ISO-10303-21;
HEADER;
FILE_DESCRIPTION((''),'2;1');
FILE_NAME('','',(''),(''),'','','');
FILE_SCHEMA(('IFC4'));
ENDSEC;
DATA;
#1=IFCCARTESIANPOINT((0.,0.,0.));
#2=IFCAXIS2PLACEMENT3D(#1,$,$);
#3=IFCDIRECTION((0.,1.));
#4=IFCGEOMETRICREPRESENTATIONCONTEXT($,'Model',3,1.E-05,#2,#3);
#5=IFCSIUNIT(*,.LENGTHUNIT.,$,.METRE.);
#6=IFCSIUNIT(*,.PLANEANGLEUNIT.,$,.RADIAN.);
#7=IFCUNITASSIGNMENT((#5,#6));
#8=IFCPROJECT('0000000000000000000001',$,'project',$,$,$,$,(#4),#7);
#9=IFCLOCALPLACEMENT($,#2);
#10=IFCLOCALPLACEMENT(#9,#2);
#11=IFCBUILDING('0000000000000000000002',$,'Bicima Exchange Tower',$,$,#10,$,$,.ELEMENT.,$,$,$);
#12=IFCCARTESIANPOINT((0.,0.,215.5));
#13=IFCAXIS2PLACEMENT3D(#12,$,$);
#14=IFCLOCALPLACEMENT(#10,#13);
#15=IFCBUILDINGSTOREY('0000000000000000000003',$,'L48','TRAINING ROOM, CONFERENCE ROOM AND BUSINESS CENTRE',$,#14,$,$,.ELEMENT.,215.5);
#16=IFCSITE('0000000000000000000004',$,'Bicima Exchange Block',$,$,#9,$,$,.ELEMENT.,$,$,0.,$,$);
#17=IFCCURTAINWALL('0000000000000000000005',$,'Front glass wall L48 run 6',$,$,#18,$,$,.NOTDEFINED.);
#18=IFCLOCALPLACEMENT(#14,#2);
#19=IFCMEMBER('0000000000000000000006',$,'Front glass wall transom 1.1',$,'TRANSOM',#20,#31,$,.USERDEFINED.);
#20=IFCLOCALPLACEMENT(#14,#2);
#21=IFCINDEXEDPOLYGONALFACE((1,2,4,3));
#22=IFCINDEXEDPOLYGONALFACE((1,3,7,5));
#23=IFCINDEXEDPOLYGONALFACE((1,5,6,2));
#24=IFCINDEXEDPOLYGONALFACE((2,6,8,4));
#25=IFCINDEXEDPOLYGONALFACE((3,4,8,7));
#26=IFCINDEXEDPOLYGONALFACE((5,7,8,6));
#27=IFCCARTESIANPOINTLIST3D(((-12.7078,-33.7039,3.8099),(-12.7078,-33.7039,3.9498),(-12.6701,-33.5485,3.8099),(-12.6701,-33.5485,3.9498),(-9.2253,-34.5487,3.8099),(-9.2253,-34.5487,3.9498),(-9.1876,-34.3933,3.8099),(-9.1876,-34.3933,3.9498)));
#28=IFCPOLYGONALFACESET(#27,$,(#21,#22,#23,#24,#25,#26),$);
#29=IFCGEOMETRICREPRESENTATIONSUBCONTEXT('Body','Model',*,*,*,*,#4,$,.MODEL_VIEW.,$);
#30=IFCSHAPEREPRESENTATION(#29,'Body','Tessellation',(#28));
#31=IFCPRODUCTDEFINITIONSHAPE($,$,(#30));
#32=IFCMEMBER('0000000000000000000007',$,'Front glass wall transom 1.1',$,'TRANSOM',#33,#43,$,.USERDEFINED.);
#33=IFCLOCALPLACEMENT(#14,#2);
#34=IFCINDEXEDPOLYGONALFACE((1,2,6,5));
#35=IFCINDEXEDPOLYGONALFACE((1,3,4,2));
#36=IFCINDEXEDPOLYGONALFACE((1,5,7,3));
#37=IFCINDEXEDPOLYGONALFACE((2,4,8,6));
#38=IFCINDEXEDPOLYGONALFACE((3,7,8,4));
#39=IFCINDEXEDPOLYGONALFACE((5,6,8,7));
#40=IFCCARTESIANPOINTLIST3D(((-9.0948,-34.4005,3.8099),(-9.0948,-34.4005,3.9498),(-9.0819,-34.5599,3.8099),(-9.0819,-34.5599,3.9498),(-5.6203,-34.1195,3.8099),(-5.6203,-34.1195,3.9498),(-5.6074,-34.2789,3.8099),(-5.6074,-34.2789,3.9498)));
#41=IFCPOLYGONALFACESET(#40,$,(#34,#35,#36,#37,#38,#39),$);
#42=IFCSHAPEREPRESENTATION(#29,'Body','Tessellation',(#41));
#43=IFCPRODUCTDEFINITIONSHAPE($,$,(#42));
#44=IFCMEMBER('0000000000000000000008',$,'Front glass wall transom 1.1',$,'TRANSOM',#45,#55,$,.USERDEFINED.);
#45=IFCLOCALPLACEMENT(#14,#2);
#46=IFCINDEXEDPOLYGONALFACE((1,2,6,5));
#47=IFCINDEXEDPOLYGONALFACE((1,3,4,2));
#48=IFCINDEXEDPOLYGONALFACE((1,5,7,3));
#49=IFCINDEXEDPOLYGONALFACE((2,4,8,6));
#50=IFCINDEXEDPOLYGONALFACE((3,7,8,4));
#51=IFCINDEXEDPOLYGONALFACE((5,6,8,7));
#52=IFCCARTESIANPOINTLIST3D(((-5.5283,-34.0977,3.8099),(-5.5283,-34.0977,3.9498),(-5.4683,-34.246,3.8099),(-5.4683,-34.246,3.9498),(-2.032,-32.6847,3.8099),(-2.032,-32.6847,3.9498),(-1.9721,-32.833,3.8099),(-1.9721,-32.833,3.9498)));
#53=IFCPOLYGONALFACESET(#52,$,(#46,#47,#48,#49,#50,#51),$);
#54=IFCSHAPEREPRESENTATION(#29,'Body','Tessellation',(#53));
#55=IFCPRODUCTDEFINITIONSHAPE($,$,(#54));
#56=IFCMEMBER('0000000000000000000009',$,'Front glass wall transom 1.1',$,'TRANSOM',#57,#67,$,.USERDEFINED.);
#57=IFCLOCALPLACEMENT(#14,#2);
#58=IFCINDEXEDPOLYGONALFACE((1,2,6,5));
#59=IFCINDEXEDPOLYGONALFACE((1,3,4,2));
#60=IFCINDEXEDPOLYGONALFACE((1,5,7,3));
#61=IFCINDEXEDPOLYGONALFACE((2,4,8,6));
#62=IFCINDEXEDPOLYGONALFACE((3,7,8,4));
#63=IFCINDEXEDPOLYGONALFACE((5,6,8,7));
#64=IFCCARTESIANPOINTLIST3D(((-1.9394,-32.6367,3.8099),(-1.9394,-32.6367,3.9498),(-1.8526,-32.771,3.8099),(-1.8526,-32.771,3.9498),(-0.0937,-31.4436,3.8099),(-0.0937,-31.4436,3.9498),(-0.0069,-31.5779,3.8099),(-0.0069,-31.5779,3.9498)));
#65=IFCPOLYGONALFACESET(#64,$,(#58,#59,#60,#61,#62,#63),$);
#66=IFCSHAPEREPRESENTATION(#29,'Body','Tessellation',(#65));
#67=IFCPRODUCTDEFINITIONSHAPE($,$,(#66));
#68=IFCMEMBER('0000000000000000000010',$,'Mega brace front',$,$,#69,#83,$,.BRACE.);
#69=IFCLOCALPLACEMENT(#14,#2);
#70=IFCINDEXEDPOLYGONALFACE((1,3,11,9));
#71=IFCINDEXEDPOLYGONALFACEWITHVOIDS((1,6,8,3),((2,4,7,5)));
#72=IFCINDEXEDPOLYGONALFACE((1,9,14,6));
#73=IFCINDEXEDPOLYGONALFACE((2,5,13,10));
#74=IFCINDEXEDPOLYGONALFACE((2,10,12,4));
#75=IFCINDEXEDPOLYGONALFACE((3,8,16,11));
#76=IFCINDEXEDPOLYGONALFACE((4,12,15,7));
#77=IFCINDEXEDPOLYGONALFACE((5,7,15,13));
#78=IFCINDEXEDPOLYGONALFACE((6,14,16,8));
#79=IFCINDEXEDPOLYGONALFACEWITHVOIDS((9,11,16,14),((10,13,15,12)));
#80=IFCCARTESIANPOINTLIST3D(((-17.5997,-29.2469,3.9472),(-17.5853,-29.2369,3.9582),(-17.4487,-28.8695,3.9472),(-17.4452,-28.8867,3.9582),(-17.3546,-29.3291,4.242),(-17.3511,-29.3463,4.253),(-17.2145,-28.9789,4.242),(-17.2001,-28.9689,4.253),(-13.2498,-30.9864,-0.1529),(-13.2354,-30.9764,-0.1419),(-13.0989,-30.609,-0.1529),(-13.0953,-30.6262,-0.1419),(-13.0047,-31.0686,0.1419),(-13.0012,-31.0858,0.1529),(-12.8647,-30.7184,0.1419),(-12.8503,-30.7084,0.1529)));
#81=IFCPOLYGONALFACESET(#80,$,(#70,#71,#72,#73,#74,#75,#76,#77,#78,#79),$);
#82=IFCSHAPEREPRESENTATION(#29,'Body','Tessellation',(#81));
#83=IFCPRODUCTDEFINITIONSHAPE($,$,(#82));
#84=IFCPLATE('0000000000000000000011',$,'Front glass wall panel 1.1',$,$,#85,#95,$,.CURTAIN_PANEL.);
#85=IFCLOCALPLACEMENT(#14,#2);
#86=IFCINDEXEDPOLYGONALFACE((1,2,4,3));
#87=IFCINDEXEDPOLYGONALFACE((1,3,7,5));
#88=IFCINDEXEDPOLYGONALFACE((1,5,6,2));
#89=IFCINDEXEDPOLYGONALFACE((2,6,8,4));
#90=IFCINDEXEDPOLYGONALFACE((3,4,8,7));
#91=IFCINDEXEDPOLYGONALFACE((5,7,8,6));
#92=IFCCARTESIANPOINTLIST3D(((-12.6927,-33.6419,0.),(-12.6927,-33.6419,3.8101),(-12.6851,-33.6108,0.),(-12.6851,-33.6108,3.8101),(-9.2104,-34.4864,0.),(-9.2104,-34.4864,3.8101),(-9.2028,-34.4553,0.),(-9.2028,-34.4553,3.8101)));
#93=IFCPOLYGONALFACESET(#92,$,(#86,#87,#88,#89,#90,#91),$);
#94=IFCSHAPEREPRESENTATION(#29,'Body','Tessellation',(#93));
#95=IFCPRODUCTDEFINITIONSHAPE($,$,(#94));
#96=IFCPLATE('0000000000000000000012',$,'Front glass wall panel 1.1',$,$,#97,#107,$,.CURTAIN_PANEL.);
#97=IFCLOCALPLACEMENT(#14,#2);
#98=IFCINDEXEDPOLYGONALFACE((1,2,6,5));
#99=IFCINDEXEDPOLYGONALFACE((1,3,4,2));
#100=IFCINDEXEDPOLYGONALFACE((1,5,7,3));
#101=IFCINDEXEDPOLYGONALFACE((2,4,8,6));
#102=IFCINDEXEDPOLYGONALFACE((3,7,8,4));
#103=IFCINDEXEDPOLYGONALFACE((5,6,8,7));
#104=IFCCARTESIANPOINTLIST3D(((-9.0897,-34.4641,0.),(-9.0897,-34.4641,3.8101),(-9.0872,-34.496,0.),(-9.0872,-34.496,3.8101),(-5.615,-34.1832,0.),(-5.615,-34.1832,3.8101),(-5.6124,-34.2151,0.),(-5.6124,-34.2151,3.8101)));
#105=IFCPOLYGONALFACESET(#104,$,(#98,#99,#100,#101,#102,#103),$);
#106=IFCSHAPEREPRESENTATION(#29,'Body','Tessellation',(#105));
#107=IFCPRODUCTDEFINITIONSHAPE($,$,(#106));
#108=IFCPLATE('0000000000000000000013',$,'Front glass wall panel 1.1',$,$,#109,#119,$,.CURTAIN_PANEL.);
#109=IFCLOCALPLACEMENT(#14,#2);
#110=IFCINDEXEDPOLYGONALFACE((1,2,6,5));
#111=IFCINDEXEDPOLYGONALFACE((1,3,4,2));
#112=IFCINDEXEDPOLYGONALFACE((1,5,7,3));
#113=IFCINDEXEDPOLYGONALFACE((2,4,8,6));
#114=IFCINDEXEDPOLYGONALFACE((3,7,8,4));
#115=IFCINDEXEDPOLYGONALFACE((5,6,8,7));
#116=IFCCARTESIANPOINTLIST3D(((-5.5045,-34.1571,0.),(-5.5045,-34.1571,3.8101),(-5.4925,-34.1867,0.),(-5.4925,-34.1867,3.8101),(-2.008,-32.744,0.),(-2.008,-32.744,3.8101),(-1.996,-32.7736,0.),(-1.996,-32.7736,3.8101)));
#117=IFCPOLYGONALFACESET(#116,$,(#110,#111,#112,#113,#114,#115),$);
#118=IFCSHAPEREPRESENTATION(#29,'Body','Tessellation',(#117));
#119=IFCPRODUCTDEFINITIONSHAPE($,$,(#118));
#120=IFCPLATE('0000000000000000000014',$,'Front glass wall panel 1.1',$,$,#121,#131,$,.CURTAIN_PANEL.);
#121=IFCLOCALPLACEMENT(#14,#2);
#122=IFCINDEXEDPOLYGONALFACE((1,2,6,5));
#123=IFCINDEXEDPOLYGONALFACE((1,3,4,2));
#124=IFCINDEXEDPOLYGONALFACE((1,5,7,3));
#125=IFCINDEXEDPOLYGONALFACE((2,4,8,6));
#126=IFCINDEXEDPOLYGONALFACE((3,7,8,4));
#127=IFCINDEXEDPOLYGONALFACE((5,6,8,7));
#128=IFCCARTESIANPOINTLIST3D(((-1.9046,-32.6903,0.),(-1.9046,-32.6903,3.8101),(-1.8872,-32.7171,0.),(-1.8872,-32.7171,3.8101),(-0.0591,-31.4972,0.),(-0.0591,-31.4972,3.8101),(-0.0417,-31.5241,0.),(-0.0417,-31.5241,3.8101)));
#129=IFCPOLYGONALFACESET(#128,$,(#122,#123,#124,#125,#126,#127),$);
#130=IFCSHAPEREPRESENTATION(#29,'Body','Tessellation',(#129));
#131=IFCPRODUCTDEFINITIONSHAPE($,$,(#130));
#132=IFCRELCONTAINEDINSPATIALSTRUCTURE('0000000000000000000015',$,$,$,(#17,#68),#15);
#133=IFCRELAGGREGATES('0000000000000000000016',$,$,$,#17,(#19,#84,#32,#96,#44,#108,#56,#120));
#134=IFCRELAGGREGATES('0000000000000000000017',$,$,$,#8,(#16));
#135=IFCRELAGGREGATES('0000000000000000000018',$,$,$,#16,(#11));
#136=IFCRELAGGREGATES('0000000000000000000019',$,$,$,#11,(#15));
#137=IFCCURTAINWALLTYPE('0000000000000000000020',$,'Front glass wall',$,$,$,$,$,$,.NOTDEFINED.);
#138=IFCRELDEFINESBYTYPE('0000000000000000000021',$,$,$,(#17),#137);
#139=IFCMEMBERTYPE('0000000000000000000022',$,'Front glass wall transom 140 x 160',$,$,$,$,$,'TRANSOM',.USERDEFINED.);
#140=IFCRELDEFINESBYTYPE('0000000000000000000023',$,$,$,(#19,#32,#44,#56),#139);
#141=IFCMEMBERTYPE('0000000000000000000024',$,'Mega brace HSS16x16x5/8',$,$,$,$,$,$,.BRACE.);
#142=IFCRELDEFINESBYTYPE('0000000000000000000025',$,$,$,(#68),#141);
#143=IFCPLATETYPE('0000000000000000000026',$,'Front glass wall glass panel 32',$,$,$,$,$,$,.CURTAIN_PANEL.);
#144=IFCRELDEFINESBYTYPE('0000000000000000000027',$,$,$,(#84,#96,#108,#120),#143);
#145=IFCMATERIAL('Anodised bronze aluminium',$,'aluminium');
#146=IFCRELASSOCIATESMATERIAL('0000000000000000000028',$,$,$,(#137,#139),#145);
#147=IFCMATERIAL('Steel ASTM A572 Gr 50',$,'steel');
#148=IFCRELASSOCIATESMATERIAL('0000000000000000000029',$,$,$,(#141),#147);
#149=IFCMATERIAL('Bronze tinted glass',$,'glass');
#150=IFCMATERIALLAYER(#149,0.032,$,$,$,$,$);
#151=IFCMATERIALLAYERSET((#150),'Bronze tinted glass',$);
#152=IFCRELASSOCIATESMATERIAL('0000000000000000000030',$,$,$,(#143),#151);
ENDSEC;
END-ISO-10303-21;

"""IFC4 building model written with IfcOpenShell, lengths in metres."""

from ifc_helpers import new_model, si_unit, direction, frame, origin, origin_2d, place, context, subcontext, project, spatial, rectangle, hollow_rectangle, extrude, material, layer, layer_set, material_profile, profile_set, type_object, element, aggregate, save


model = new_model("IFC4")

# Units and contexts
model_context = context("Model", 3, precision=1e-05, world=origin(), true_north=direction((0.0, 1.0)))
body_context = subcontext(model_context, "Body", "Model", "MODEL_VIEW")
ifc_project = project(units=[si_unit("LENGTHUNIT", "METRE"), si_unit("PLANEANGLEUNIT", "RADIAN")], contexts=[model_context])

# Site, building, storey
site_placement = place(None, origin())
site = spatial("IfcSite", under=ifc_project, at=site_placement, Name="Bicima Exchange Block", CompositionType="ELEMENT", RefElevation=0.0)
building_placement = place(site_placement, origin())
building = spatial("IfcBuilding", under=site, at=building_placement, Name="Bicima Exchange Tower", CompositionType="ELEMENT")
storey_placement = place(building_placement, frame((0.0, 0.0, 215.5)))
storey = spatial("IfcBuildingStorey", under=building, at=storey_placement, Name="L48", Description="TRAINING ROOM, CONFERENCE ROOM AND BUSINESS CENTRE", CompositionType="ELEMENT", Elevation=215.5)

# Curtain wall, members
ifc_material_1 = material(Name="Anodised bronze aluminium", Category="aluminium")
curtain_wall_type = type_object("IfcCurtainWallType", Name="Front glass wall", PredefinedType="NOTDEFINED", material=ifc_material_1)
curtain_wall_placement = place(storey_placement, origin())
curtain_wall = element("IfcCurtainWall", 1, at=curtain_wall_placement, inside=storey, type_object=curtain_wall_type, Name="Front glass wall L48 run 6", PredefinedType="NOTDEFINED")
ifc_material_profile_1 = material_profile(ifc_material_1, rectangle(XDim=0.1599, YDim=0.1399, at=origin_2d()))
ifc_profile_set_1 = profile_set([ifc_material_profile_1], Name="Anodised bronze aluminium")
member_type_1 = type_object("IfcMemberType", Name="Front glass wall transom 140 x 160", ElementType="TRANSOM", PredefinedType="USERDEFINED", material=ifc_profile_set_1)
member_1_placement = place(storey_placement, frame((-12.689, -33.6262, 3.8799), z_axis=(0.971818, -0.235733, 0.0), x_axis=(0.235733, 0.971818, 0.0)))
member_1 = element("IfcMember", 2, at=member_1_placement, type_object=member_type_1, Name="Front glass wall transom 1.1", ObjectType="TRANSOM", PredefinedType="USERDEFINED", context=body_context, shape_type="SweptSolid", body=[
    extrude(rectangle(XDim=0.1599, YDim=0.1399, at=origin_2d()), origin(), (0.0, 0.0, 1.0), 3.5835),
])
member_2_placement = place(storey_placement, frame((-9.0884, -34.4802, 3.8799), z_axis=(0.996746, 0.080611, 0.0), x_axis=(-0.080611, 0.996746, 0.0)))
member_2 = element("IfcMember", 3, at=member_2_placement, type_object=member_type_1, Name="Front glass wall transom 1.1", ObjectType="TRANSOM", PredefinedType="USERDEFINED", context=body_context, shape_type="SweptSolid", body=[
    extrude(rectangle(XDim=0.1599, YDim=0.1399, at=origin_2d()), origin(), (0.0, 0.0, 1.0), 3.4858),
])
member_3_placement = place(storey_placement, frame((-5.4983, -34.1719, 3.8799), z_axis=(0.92714, 0.374715, 0.0), x_axis=(-0.374715, 0.92714, 0.0)))
member_3 = element("IfcMember", 4, at=member_3_placement, type_object=member_type_1, Name="Front glass wall transom 1.1", ObjectType="TRANSOM", PredefinedType="USERDEFINED", context=body_context, shape_type="SweptSolid", body=[
    extrude(rectangle(XDim=0.1599, YDim=0.1399, at=origin_2d()), origin(), (0.0, 0.0, 1.0), 3.771),
])
member_4_placement = place(storey_placement, frame((-1.896, -32.7039, 3.8799), z_axis=(0.839811, 0.542878, 0.0), x_axis=(-0.542878, 0.839811, 0.0)))
member_4 = element("IfcMember", 5, at=member_4_placement, type_object=member_type_1, Name="Front glass wall transom 1.1", ObjectType="TRANSOM", PredefinedType="USERDEFINED", context=body_context, shape_type="SweptSolid", body=[
    extrude(rectangle(XDim=0.1599, YDim=0.1399, at=origin_2d()), origin(), (0.0, 0.0, 1.0), 2.1978),
])

# Member
ifc_material_2 = material(Name="Steel ASTM A572 Gr 50", Category="steel")
ifc_material_profile_2 = material_profile(ifc_material_2, hollow_rectangle(XDim=0.4065, YDim=0.4065, WallThickness=0.0146, at=origin_2d()))
ifc_profile_set_2 = profile_set([ifc_material_profile_2], Name="Steel ASTM A572 Gr 50")
member_type_2 = type_object("IfcMemberType", Name="Mega brace HSS16x16x5/8", PredefinedType="BRACE", material=ifc_profile_set_2)
member_5_placement = place(storey_placement, frame((-13.05, -30.8474, 0.0), z_axis=(-0.698706, 0.279412, 0.658588), x_axis=(-0.37131, -0.928509, 0.0)))
element("IfcMember", 6, at=member_5_placement, inside=storey, type_object=member_type_2, Name="Mega brace front", PredefinedType="BRACE", context=body_context, shape_type="SweptSolid", body=[
    extrude(hollow_rectangle(XDim=0.4065, YDim=0.4065, WallThickness=0.0146, at=origin_2d()), origin(), (0.0, 0.0, 1.0), 6.2256),
])

# Plates
ifc_material_3 = material(Name="Bronze tinted glass", Category="glass")
ifc_layer = layer(ifc_material_3, 0.032)
ifc_layer_set = layer_set([ifc_layer], Name="Bronze tinted glass")
plate_type = type_object("IfcPlateType", Name="Front glass wall glass panel 32", PredefinedType="CURTAIN_PANEL", material=ifc_layer_set)
plate_1_placement = place(storey_placement, frame((-10.9478, -34.0486, 0.0), z_axis=(0.0, 0.0, 1.0), x_axis=(0.97183, -0.235682, 0.0)))
plate_1 = element("IfcPlate", 7, at=plate_1_placement, type_object=plate_type, Name="Front glass wall panel 1.1", PredefinedType="CURTAIN_PANEL", context=body_context, shape_type="SweptSolid", body=[
    extrude(rectangle(XDim=3.5833, YDim=0.032, at=origin_2d()), origin(), (0.0, 0.0, 1.0), 3.8101),
])
plate_2_placement = place(storey_placement, frame((-7.3511, -34.3396, 0.0), z_axis=(0.0, 0.0, 1.0), x_axis=(0.996747, 0.080589, 0.0)))
plate_2 = element("IfcPlate", 8, at=plate_2_placement, type_object=plate_type, Name="Front glass wall panel 1.1", PredefinedType="CURTAIN_PANEL", context=body_context, shape_type="SweptSolid", body=[
    extrude(rectangle(XDim=3.4861, YDim=0.032, at=origin_2d()), origin(), (0.0, 0.0, 1.0), 3.8101),
])
plate_3_placement = place(storey_placement, frame((-3.7502, -33.4653, 0.0), z_axis=(0.0, 0.0, 1.0), x_axis=(0.927144, 0.374705, 0.0)))
plate_3 = element("IfcPlate", 9, at=plate_3_placement, type_object=plate_type, Name="Front glass wall panel 1.1", PredefinedType="CURTAIN_PANEL", context=body_context, shape_type="SweptSolid", body=[
    extrude(rectangle(XDim=3.7712, YDim=0.032, at=origin_2d()), origin(), (0.0, 0.0, 1.0), 3.8101),
])
plate_4_placement = place(storey_placement, frame((-0.9731, -32.1072, 0.0), z_axis=(0.0, 0.0, 1.0), x_axis=(0.839799, 0.542897, 0.0)))
plate_4 = element("IfcPlate", 10, at=plate_4_placement, type_object=plate_type, Name="Front glass wall panel 1.1", PredefinedType="CURTAIN_PANEL", context=body_context, shape_type="SweptSolid", body=[
    extrude(rectangle(XDim=2.1975, YDim=0.032, at=origin_2d()), origin(), (0.0, 0.0, 1.0), 3.8101),
])
aggregate(curtain_wall, [member_1, plate_1, member_2, plate_2, member_3, plate_3, member_4, plate_4])

save(model, "model.ifc")
